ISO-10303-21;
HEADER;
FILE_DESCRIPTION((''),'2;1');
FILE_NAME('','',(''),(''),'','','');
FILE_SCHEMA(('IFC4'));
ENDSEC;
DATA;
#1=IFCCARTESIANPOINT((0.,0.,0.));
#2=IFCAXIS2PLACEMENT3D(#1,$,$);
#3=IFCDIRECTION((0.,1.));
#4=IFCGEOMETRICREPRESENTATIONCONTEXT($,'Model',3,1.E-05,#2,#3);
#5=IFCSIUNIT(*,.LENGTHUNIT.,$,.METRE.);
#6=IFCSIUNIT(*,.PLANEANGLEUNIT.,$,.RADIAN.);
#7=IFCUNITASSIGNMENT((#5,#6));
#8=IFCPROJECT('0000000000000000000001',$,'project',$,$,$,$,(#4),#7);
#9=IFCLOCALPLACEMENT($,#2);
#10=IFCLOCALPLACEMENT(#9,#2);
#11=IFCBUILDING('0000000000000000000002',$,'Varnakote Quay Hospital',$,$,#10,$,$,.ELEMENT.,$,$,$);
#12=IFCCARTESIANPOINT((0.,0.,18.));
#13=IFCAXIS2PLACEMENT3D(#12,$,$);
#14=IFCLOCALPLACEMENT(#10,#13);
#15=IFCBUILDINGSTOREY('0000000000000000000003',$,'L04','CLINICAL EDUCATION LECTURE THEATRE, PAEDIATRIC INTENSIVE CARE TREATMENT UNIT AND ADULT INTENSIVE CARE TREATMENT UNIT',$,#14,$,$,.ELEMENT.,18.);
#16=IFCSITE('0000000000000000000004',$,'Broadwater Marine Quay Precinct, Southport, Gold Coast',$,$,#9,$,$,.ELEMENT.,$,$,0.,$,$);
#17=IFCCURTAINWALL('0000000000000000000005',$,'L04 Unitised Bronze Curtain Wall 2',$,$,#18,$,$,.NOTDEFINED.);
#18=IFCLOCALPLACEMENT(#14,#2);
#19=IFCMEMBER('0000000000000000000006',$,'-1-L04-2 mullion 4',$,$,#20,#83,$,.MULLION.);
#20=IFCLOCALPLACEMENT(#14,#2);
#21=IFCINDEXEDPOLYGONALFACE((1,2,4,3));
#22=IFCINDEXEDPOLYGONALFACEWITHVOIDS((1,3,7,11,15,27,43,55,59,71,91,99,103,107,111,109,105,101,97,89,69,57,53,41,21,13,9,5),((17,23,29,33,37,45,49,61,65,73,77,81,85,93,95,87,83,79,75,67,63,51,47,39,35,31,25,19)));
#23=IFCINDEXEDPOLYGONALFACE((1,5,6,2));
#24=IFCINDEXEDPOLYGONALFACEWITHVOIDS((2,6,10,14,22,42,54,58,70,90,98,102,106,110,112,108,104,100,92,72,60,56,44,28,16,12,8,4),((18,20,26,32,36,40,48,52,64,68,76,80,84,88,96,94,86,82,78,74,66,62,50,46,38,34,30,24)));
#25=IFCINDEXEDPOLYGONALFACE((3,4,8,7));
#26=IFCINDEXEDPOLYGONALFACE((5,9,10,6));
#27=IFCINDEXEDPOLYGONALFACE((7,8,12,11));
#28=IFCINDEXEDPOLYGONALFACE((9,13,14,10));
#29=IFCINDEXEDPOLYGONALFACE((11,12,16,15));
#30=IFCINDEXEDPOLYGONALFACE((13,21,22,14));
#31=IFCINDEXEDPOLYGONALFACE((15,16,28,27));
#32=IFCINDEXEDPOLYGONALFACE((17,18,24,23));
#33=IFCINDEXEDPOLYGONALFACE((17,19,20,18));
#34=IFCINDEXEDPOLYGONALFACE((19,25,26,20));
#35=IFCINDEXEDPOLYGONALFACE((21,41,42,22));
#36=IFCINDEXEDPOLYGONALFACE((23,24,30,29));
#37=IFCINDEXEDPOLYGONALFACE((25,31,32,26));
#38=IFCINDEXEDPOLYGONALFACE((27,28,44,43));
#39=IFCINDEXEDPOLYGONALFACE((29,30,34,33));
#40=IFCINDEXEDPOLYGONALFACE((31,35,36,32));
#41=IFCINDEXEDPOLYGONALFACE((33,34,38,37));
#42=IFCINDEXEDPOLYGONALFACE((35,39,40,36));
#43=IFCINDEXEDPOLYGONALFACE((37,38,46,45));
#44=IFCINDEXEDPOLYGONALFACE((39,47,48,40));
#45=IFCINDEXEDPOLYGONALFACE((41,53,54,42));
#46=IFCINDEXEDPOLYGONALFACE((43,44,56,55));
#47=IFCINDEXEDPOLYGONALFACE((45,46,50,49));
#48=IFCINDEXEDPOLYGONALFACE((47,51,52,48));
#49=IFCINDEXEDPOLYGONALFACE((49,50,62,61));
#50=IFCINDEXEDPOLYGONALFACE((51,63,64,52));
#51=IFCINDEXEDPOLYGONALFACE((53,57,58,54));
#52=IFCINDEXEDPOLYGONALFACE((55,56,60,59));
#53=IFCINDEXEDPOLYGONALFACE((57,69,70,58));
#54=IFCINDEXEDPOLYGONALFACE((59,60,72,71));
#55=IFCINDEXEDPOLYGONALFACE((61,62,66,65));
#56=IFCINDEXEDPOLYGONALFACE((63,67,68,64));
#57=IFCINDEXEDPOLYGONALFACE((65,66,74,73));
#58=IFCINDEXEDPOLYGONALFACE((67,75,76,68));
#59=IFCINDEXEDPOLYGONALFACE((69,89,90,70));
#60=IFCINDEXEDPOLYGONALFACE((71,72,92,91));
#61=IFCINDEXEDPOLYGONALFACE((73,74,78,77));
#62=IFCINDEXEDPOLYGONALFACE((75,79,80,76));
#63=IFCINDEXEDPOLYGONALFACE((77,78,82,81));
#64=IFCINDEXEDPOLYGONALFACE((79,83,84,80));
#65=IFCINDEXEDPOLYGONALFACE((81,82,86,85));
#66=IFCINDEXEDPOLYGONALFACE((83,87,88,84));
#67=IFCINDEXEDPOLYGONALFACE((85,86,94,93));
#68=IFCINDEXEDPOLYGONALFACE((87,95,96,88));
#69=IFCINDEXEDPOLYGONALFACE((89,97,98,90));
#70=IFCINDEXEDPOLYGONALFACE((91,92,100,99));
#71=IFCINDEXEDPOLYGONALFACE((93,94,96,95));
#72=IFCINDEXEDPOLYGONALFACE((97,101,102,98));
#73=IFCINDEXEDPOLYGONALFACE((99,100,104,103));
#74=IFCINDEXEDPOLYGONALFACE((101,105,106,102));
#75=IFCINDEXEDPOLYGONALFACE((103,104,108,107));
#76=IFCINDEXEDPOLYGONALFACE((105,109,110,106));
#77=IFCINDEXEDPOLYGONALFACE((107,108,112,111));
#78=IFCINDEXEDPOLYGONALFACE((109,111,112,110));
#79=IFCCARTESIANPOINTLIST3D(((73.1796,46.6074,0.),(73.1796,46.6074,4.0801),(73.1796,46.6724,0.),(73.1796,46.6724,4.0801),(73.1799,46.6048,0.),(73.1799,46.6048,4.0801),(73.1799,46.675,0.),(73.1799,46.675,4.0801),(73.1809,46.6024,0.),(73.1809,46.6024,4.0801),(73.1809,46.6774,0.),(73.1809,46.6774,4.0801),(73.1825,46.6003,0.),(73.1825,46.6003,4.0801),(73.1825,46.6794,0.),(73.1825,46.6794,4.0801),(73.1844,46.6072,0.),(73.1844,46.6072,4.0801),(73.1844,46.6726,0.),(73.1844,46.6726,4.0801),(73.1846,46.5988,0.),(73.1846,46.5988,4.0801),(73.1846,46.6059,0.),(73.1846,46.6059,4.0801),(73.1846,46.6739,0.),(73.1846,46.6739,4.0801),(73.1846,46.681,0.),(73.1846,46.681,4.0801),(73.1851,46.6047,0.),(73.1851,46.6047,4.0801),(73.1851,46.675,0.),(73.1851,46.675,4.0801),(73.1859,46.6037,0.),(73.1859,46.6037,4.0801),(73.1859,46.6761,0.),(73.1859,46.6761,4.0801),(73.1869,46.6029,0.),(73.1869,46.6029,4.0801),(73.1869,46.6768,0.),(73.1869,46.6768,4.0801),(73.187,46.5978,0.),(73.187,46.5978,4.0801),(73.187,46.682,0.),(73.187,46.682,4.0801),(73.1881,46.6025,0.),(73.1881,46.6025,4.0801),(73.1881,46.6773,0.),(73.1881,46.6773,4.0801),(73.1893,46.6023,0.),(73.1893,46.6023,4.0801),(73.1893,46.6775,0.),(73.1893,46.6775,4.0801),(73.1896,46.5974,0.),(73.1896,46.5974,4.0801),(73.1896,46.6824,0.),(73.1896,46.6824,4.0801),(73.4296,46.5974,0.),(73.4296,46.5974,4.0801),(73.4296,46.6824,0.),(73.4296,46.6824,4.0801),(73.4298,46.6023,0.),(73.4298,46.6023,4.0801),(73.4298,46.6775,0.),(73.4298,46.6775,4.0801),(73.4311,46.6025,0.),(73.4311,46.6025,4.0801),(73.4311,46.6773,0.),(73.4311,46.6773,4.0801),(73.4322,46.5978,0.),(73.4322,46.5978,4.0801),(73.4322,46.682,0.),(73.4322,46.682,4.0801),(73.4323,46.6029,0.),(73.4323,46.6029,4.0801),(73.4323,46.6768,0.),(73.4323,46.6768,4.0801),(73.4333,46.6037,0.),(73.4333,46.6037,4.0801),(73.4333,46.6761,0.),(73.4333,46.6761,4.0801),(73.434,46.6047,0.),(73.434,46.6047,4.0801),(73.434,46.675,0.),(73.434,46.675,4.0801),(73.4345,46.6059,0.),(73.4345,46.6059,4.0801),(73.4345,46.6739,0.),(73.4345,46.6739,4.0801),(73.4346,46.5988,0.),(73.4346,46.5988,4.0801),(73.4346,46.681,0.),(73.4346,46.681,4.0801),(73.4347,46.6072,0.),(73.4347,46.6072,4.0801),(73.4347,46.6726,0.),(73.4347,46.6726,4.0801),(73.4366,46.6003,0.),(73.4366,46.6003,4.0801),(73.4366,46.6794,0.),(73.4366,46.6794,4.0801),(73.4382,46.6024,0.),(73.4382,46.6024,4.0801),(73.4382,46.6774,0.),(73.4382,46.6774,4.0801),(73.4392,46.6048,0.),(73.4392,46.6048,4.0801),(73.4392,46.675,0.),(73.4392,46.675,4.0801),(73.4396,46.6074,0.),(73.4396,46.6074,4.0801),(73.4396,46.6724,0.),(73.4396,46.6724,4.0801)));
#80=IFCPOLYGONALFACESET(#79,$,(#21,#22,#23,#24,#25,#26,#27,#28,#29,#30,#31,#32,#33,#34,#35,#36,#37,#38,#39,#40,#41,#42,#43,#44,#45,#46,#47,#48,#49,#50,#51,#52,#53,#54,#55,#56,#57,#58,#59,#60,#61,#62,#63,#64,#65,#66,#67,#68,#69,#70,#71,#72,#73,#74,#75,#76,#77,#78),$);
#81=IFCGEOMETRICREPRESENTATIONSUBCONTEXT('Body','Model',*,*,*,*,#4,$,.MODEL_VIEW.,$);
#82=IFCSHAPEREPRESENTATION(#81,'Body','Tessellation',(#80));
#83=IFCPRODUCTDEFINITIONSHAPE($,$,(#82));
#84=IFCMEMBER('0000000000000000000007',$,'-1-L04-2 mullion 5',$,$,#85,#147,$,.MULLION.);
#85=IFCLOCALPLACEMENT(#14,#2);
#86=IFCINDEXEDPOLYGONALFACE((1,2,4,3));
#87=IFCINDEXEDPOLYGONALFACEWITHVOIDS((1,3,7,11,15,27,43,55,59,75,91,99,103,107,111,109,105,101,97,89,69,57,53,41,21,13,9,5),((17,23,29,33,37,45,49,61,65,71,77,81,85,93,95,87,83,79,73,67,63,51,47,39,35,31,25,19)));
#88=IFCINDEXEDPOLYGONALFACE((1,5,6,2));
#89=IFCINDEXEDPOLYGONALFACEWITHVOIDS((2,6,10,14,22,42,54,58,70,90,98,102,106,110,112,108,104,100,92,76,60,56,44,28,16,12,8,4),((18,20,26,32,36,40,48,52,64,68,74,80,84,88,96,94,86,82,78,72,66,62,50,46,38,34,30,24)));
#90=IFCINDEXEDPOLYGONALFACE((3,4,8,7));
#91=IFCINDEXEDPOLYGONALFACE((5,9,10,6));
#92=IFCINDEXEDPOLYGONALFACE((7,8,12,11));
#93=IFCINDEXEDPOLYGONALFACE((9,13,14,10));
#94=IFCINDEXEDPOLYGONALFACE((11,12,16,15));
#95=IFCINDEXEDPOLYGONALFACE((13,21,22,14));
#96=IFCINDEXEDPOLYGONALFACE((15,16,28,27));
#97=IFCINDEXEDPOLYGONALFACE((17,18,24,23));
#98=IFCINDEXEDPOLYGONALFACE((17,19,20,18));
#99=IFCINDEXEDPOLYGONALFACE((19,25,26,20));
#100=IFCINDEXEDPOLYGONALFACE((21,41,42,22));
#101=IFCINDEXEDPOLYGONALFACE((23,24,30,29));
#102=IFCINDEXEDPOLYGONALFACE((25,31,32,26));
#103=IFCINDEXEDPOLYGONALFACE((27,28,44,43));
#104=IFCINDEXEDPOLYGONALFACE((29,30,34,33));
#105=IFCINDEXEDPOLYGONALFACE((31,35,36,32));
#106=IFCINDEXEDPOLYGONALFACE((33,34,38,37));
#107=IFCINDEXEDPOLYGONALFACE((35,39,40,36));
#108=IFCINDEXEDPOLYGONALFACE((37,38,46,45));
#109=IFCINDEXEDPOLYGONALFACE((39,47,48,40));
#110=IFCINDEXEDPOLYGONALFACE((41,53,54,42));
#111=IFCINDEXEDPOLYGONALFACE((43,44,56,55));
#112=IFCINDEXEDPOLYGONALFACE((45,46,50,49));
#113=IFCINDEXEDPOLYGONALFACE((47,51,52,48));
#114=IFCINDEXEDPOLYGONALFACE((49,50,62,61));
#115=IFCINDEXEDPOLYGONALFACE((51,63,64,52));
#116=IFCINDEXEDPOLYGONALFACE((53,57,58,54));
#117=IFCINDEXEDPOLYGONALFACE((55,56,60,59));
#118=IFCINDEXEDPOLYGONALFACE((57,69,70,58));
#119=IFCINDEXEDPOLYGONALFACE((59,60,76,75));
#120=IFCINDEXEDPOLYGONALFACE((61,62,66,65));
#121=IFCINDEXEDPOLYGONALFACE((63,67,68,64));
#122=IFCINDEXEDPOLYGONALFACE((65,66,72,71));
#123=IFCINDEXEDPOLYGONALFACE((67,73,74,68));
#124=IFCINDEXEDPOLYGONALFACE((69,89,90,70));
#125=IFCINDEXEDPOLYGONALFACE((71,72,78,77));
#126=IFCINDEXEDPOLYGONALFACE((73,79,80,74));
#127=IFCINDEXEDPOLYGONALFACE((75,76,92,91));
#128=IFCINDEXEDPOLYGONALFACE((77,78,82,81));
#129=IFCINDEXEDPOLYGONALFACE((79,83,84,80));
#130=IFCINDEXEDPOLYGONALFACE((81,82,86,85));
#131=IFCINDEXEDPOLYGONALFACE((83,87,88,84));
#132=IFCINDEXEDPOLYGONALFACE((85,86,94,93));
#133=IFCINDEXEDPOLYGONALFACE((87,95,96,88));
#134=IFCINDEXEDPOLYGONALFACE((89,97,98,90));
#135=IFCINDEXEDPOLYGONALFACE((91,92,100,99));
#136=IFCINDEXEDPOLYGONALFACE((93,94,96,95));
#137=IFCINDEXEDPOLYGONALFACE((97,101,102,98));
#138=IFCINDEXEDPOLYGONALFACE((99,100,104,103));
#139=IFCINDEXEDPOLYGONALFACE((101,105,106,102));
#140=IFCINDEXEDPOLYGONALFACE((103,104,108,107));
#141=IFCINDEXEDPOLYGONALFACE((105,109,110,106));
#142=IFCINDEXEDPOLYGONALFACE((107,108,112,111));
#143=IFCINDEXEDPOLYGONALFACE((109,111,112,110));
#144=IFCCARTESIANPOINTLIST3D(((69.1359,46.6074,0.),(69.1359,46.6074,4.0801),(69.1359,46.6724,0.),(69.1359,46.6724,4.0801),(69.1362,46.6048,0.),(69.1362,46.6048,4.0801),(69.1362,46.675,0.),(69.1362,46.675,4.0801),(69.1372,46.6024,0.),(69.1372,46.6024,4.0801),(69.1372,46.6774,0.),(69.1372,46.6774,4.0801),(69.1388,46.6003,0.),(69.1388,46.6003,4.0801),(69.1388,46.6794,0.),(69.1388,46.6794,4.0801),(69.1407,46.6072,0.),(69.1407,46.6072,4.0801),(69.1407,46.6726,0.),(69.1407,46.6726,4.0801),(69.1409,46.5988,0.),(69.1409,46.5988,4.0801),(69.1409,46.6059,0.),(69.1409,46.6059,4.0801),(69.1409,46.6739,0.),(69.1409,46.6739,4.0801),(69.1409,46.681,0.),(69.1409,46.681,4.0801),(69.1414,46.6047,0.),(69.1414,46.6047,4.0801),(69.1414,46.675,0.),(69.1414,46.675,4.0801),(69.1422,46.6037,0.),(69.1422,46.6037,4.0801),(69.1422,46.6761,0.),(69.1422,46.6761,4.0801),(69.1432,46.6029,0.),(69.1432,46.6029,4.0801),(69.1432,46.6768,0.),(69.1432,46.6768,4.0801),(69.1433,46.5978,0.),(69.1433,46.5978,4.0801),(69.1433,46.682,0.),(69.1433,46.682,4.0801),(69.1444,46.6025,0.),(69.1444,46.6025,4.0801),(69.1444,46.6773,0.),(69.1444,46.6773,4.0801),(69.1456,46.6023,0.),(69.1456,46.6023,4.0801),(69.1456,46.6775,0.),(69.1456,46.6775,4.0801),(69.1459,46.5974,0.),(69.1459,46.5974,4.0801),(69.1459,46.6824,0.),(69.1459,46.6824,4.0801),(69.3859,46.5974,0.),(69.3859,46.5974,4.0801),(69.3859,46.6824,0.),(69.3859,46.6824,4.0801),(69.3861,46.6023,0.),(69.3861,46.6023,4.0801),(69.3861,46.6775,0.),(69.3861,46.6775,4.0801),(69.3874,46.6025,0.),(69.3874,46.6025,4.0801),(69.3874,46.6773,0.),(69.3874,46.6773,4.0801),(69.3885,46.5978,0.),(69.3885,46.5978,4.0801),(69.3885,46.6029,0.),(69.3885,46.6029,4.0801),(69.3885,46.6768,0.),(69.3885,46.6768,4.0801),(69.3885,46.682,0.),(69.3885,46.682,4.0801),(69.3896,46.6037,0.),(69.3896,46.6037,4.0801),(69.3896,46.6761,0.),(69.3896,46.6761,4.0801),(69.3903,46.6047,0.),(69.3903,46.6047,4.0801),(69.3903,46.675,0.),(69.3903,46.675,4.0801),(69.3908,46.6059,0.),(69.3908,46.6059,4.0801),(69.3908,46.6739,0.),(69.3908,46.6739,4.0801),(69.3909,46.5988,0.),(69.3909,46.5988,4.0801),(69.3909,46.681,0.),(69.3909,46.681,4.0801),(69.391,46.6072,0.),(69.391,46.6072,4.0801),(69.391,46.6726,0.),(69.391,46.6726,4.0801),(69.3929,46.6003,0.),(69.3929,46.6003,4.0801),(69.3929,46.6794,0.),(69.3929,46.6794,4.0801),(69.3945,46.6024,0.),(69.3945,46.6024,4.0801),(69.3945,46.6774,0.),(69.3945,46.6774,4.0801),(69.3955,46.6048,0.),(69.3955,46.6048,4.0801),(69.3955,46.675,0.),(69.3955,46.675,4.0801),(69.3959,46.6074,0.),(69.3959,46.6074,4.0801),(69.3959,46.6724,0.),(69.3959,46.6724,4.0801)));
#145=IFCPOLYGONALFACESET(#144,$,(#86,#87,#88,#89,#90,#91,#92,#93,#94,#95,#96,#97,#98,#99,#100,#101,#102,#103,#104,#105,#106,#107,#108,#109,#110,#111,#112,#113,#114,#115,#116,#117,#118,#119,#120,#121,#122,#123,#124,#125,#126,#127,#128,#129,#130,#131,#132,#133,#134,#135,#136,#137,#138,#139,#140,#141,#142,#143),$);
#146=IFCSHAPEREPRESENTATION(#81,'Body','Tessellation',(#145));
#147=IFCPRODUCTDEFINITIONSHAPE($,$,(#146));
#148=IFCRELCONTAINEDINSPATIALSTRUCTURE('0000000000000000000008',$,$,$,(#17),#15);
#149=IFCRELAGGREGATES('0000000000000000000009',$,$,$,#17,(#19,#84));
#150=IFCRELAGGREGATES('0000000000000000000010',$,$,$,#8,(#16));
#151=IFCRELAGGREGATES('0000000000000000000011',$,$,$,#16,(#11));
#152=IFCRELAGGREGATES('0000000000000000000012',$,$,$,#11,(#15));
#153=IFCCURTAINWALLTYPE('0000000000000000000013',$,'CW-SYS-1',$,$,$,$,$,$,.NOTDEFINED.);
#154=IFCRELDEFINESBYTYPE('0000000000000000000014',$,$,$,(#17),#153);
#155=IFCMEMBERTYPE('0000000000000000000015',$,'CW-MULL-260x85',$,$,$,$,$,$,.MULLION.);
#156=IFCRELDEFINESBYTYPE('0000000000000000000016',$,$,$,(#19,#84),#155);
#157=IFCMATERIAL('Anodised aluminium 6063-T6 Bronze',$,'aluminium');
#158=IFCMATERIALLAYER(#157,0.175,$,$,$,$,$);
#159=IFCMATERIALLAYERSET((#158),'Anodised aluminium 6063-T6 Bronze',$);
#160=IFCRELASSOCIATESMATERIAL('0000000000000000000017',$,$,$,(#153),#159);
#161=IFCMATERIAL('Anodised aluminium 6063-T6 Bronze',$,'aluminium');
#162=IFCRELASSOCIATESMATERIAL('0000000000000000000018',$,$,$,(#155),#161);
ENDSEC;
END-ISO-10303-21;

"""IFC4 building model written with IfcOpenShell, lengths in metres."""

from ifc_helpers import new_model, si_unit, direction, frame, origin, origin_2d, place, context, subcontext, project, spatial, hollow_rectangle, extrude, material, layer, layer_set, material_profile, profile_set, type_object, element, aggregate, save


model = new_model("IFC4")

# Units and contexts
model_context = context("Model", 3, precision=1e-05, world=origin(), true_north=direction((0.0, 1.0)))
body_context = subcontext(model_context, "Body", "Model", "MODEL_VIEW")
ifc_project = project(units=[si_unit("LENGTHUNIT", "METRE"), si_unit("PLANEANGLEUNIT", "RADIAN")], contexts=[model_context])

# Site, building, storey
site_placement = place(None, origin())
site = spatial("IfcSite", under=ifc_project, at=site_placement, Name="Broadwater Marine Quay Precinct, Southport, Gold Coast", CompositionType="ELEMENT", RefElevation=0.0)
building_placement = place(site_placement, origin())
building = spatial("IfcBuilding", under=site, at=building_placement, Name="Varnakote Quay Hospital", CompositionType="ELEMENT")
storey_placement = place(building_placement, frame((0.0, 0.0, 18.0)))
storey = spatial("IfcBuildingStorey", under=building, at=storey_placement, Name="L04", Description="CLINICAL EDUCATION LECTURE THEATRE, PAEDIATRIC INTENSIVE CARE TREATMENT UNIT AND ADULT INTENSIVE CARE TREATMENT UNIT", CompositionType="ELEMENT", Elevation=18.0)

# Curtain wall, members
ifc_material_1 = material(Name="Anodised aluminium 6063-T6 Bronze", Category="aluminium")
ifc_layer_1 = layer(ifc_material_1, 0.175)
ifc_layer_set_1 = layer_set([ifc_layer_1], Name="Anodised aluminium 6063-T6 Bronze")
curtain_wall_type = type_object("IfcCurtainWallType", Name="CW-SYS-1", PredefinedType="NOTDEFINED", material=ifc_layer_set_1)
curtain_wall_placement = place(storey_placement, origin())
curtain_wall = element("IfcCurtainWall", 1, at=curtain_wall_placement, inside=storey, type_object=curtain_wall_type, Name="L04 Unitised Bronze Curtain Wall 2", PredefinedType="NOTDEFINED")
ifc_material_2 = material(Name="Anodised aluminium 6063-T6 Bronze", Category="aluminium")
ifc_material_profile_1 = material_profile(ifc_material_2, hollow_rectangle(XDim=0.085, YDim=0.26, WallThickness=0.0049, InnerFilletRadius=0.0049, OuterFilletRadius=0.01, at=origin_2d()), Name="CW-MULL-260x85")
ifc_profile_set_1 = profile_set([ifc_material_profile_1], Name="Anodised aluminium 6063-T6 Bronze")
member_type_1 = type_object("IfcMemberType", Name="CW-MULL-260x85", PredefinedType="MULLION", material=ifc_profile_set_1)
member_1_placement = place(storey_placement, frame((73.3096, 46.6399, 0.0), z_axis=(0.0, 0.0, 1.0), x_axis=(0.0, -1.0, 0.0)))
member_1 = element("IfcMember", 2, at=member_1_placement, type_object=member_type_1, Name="-1-L04-2 mullion 4", PredefinedType="MULLION", context=body_context, shape_type="SweptSolid", body=[
    extrude(hollow_rectangle(XDim=0.085, YDim=0.26, WallThickness=0.0049, InnerFilletRadius=0.0049, OuterFilletRadius=0.01, at=origin_2d()), origin(), (0.0, 0.0, 1.0), 4.0801),
])
member_2_placement = place(storey_placement, frame((69.2659, 46.6399, 0.0), z_axis=(0.0, 0.0, 1.0), x_axis=(0.0, -1.0, 0.0)))
member_2 = element("IfcMember", 3, at=member_2_placement, type_object=member_type_1, Name="-1-L04-2 mullion 5", PredefinedType="MULLION", context=body_context, shape_type="SweptSolid", body=[
    extrude(hollow_rectangle(XDim=0.085, YDim=0.26, WallThickness=0.0049, InnerFilletRadius=0.0049, OuterFilletRadius=0.01, at=origin_2d()), origin(), (0.0, 0.0, 1.0), 4.0801),
])

aggregate(curtain_wall, [member_1, member_2])

save(model, "model.ifc")
